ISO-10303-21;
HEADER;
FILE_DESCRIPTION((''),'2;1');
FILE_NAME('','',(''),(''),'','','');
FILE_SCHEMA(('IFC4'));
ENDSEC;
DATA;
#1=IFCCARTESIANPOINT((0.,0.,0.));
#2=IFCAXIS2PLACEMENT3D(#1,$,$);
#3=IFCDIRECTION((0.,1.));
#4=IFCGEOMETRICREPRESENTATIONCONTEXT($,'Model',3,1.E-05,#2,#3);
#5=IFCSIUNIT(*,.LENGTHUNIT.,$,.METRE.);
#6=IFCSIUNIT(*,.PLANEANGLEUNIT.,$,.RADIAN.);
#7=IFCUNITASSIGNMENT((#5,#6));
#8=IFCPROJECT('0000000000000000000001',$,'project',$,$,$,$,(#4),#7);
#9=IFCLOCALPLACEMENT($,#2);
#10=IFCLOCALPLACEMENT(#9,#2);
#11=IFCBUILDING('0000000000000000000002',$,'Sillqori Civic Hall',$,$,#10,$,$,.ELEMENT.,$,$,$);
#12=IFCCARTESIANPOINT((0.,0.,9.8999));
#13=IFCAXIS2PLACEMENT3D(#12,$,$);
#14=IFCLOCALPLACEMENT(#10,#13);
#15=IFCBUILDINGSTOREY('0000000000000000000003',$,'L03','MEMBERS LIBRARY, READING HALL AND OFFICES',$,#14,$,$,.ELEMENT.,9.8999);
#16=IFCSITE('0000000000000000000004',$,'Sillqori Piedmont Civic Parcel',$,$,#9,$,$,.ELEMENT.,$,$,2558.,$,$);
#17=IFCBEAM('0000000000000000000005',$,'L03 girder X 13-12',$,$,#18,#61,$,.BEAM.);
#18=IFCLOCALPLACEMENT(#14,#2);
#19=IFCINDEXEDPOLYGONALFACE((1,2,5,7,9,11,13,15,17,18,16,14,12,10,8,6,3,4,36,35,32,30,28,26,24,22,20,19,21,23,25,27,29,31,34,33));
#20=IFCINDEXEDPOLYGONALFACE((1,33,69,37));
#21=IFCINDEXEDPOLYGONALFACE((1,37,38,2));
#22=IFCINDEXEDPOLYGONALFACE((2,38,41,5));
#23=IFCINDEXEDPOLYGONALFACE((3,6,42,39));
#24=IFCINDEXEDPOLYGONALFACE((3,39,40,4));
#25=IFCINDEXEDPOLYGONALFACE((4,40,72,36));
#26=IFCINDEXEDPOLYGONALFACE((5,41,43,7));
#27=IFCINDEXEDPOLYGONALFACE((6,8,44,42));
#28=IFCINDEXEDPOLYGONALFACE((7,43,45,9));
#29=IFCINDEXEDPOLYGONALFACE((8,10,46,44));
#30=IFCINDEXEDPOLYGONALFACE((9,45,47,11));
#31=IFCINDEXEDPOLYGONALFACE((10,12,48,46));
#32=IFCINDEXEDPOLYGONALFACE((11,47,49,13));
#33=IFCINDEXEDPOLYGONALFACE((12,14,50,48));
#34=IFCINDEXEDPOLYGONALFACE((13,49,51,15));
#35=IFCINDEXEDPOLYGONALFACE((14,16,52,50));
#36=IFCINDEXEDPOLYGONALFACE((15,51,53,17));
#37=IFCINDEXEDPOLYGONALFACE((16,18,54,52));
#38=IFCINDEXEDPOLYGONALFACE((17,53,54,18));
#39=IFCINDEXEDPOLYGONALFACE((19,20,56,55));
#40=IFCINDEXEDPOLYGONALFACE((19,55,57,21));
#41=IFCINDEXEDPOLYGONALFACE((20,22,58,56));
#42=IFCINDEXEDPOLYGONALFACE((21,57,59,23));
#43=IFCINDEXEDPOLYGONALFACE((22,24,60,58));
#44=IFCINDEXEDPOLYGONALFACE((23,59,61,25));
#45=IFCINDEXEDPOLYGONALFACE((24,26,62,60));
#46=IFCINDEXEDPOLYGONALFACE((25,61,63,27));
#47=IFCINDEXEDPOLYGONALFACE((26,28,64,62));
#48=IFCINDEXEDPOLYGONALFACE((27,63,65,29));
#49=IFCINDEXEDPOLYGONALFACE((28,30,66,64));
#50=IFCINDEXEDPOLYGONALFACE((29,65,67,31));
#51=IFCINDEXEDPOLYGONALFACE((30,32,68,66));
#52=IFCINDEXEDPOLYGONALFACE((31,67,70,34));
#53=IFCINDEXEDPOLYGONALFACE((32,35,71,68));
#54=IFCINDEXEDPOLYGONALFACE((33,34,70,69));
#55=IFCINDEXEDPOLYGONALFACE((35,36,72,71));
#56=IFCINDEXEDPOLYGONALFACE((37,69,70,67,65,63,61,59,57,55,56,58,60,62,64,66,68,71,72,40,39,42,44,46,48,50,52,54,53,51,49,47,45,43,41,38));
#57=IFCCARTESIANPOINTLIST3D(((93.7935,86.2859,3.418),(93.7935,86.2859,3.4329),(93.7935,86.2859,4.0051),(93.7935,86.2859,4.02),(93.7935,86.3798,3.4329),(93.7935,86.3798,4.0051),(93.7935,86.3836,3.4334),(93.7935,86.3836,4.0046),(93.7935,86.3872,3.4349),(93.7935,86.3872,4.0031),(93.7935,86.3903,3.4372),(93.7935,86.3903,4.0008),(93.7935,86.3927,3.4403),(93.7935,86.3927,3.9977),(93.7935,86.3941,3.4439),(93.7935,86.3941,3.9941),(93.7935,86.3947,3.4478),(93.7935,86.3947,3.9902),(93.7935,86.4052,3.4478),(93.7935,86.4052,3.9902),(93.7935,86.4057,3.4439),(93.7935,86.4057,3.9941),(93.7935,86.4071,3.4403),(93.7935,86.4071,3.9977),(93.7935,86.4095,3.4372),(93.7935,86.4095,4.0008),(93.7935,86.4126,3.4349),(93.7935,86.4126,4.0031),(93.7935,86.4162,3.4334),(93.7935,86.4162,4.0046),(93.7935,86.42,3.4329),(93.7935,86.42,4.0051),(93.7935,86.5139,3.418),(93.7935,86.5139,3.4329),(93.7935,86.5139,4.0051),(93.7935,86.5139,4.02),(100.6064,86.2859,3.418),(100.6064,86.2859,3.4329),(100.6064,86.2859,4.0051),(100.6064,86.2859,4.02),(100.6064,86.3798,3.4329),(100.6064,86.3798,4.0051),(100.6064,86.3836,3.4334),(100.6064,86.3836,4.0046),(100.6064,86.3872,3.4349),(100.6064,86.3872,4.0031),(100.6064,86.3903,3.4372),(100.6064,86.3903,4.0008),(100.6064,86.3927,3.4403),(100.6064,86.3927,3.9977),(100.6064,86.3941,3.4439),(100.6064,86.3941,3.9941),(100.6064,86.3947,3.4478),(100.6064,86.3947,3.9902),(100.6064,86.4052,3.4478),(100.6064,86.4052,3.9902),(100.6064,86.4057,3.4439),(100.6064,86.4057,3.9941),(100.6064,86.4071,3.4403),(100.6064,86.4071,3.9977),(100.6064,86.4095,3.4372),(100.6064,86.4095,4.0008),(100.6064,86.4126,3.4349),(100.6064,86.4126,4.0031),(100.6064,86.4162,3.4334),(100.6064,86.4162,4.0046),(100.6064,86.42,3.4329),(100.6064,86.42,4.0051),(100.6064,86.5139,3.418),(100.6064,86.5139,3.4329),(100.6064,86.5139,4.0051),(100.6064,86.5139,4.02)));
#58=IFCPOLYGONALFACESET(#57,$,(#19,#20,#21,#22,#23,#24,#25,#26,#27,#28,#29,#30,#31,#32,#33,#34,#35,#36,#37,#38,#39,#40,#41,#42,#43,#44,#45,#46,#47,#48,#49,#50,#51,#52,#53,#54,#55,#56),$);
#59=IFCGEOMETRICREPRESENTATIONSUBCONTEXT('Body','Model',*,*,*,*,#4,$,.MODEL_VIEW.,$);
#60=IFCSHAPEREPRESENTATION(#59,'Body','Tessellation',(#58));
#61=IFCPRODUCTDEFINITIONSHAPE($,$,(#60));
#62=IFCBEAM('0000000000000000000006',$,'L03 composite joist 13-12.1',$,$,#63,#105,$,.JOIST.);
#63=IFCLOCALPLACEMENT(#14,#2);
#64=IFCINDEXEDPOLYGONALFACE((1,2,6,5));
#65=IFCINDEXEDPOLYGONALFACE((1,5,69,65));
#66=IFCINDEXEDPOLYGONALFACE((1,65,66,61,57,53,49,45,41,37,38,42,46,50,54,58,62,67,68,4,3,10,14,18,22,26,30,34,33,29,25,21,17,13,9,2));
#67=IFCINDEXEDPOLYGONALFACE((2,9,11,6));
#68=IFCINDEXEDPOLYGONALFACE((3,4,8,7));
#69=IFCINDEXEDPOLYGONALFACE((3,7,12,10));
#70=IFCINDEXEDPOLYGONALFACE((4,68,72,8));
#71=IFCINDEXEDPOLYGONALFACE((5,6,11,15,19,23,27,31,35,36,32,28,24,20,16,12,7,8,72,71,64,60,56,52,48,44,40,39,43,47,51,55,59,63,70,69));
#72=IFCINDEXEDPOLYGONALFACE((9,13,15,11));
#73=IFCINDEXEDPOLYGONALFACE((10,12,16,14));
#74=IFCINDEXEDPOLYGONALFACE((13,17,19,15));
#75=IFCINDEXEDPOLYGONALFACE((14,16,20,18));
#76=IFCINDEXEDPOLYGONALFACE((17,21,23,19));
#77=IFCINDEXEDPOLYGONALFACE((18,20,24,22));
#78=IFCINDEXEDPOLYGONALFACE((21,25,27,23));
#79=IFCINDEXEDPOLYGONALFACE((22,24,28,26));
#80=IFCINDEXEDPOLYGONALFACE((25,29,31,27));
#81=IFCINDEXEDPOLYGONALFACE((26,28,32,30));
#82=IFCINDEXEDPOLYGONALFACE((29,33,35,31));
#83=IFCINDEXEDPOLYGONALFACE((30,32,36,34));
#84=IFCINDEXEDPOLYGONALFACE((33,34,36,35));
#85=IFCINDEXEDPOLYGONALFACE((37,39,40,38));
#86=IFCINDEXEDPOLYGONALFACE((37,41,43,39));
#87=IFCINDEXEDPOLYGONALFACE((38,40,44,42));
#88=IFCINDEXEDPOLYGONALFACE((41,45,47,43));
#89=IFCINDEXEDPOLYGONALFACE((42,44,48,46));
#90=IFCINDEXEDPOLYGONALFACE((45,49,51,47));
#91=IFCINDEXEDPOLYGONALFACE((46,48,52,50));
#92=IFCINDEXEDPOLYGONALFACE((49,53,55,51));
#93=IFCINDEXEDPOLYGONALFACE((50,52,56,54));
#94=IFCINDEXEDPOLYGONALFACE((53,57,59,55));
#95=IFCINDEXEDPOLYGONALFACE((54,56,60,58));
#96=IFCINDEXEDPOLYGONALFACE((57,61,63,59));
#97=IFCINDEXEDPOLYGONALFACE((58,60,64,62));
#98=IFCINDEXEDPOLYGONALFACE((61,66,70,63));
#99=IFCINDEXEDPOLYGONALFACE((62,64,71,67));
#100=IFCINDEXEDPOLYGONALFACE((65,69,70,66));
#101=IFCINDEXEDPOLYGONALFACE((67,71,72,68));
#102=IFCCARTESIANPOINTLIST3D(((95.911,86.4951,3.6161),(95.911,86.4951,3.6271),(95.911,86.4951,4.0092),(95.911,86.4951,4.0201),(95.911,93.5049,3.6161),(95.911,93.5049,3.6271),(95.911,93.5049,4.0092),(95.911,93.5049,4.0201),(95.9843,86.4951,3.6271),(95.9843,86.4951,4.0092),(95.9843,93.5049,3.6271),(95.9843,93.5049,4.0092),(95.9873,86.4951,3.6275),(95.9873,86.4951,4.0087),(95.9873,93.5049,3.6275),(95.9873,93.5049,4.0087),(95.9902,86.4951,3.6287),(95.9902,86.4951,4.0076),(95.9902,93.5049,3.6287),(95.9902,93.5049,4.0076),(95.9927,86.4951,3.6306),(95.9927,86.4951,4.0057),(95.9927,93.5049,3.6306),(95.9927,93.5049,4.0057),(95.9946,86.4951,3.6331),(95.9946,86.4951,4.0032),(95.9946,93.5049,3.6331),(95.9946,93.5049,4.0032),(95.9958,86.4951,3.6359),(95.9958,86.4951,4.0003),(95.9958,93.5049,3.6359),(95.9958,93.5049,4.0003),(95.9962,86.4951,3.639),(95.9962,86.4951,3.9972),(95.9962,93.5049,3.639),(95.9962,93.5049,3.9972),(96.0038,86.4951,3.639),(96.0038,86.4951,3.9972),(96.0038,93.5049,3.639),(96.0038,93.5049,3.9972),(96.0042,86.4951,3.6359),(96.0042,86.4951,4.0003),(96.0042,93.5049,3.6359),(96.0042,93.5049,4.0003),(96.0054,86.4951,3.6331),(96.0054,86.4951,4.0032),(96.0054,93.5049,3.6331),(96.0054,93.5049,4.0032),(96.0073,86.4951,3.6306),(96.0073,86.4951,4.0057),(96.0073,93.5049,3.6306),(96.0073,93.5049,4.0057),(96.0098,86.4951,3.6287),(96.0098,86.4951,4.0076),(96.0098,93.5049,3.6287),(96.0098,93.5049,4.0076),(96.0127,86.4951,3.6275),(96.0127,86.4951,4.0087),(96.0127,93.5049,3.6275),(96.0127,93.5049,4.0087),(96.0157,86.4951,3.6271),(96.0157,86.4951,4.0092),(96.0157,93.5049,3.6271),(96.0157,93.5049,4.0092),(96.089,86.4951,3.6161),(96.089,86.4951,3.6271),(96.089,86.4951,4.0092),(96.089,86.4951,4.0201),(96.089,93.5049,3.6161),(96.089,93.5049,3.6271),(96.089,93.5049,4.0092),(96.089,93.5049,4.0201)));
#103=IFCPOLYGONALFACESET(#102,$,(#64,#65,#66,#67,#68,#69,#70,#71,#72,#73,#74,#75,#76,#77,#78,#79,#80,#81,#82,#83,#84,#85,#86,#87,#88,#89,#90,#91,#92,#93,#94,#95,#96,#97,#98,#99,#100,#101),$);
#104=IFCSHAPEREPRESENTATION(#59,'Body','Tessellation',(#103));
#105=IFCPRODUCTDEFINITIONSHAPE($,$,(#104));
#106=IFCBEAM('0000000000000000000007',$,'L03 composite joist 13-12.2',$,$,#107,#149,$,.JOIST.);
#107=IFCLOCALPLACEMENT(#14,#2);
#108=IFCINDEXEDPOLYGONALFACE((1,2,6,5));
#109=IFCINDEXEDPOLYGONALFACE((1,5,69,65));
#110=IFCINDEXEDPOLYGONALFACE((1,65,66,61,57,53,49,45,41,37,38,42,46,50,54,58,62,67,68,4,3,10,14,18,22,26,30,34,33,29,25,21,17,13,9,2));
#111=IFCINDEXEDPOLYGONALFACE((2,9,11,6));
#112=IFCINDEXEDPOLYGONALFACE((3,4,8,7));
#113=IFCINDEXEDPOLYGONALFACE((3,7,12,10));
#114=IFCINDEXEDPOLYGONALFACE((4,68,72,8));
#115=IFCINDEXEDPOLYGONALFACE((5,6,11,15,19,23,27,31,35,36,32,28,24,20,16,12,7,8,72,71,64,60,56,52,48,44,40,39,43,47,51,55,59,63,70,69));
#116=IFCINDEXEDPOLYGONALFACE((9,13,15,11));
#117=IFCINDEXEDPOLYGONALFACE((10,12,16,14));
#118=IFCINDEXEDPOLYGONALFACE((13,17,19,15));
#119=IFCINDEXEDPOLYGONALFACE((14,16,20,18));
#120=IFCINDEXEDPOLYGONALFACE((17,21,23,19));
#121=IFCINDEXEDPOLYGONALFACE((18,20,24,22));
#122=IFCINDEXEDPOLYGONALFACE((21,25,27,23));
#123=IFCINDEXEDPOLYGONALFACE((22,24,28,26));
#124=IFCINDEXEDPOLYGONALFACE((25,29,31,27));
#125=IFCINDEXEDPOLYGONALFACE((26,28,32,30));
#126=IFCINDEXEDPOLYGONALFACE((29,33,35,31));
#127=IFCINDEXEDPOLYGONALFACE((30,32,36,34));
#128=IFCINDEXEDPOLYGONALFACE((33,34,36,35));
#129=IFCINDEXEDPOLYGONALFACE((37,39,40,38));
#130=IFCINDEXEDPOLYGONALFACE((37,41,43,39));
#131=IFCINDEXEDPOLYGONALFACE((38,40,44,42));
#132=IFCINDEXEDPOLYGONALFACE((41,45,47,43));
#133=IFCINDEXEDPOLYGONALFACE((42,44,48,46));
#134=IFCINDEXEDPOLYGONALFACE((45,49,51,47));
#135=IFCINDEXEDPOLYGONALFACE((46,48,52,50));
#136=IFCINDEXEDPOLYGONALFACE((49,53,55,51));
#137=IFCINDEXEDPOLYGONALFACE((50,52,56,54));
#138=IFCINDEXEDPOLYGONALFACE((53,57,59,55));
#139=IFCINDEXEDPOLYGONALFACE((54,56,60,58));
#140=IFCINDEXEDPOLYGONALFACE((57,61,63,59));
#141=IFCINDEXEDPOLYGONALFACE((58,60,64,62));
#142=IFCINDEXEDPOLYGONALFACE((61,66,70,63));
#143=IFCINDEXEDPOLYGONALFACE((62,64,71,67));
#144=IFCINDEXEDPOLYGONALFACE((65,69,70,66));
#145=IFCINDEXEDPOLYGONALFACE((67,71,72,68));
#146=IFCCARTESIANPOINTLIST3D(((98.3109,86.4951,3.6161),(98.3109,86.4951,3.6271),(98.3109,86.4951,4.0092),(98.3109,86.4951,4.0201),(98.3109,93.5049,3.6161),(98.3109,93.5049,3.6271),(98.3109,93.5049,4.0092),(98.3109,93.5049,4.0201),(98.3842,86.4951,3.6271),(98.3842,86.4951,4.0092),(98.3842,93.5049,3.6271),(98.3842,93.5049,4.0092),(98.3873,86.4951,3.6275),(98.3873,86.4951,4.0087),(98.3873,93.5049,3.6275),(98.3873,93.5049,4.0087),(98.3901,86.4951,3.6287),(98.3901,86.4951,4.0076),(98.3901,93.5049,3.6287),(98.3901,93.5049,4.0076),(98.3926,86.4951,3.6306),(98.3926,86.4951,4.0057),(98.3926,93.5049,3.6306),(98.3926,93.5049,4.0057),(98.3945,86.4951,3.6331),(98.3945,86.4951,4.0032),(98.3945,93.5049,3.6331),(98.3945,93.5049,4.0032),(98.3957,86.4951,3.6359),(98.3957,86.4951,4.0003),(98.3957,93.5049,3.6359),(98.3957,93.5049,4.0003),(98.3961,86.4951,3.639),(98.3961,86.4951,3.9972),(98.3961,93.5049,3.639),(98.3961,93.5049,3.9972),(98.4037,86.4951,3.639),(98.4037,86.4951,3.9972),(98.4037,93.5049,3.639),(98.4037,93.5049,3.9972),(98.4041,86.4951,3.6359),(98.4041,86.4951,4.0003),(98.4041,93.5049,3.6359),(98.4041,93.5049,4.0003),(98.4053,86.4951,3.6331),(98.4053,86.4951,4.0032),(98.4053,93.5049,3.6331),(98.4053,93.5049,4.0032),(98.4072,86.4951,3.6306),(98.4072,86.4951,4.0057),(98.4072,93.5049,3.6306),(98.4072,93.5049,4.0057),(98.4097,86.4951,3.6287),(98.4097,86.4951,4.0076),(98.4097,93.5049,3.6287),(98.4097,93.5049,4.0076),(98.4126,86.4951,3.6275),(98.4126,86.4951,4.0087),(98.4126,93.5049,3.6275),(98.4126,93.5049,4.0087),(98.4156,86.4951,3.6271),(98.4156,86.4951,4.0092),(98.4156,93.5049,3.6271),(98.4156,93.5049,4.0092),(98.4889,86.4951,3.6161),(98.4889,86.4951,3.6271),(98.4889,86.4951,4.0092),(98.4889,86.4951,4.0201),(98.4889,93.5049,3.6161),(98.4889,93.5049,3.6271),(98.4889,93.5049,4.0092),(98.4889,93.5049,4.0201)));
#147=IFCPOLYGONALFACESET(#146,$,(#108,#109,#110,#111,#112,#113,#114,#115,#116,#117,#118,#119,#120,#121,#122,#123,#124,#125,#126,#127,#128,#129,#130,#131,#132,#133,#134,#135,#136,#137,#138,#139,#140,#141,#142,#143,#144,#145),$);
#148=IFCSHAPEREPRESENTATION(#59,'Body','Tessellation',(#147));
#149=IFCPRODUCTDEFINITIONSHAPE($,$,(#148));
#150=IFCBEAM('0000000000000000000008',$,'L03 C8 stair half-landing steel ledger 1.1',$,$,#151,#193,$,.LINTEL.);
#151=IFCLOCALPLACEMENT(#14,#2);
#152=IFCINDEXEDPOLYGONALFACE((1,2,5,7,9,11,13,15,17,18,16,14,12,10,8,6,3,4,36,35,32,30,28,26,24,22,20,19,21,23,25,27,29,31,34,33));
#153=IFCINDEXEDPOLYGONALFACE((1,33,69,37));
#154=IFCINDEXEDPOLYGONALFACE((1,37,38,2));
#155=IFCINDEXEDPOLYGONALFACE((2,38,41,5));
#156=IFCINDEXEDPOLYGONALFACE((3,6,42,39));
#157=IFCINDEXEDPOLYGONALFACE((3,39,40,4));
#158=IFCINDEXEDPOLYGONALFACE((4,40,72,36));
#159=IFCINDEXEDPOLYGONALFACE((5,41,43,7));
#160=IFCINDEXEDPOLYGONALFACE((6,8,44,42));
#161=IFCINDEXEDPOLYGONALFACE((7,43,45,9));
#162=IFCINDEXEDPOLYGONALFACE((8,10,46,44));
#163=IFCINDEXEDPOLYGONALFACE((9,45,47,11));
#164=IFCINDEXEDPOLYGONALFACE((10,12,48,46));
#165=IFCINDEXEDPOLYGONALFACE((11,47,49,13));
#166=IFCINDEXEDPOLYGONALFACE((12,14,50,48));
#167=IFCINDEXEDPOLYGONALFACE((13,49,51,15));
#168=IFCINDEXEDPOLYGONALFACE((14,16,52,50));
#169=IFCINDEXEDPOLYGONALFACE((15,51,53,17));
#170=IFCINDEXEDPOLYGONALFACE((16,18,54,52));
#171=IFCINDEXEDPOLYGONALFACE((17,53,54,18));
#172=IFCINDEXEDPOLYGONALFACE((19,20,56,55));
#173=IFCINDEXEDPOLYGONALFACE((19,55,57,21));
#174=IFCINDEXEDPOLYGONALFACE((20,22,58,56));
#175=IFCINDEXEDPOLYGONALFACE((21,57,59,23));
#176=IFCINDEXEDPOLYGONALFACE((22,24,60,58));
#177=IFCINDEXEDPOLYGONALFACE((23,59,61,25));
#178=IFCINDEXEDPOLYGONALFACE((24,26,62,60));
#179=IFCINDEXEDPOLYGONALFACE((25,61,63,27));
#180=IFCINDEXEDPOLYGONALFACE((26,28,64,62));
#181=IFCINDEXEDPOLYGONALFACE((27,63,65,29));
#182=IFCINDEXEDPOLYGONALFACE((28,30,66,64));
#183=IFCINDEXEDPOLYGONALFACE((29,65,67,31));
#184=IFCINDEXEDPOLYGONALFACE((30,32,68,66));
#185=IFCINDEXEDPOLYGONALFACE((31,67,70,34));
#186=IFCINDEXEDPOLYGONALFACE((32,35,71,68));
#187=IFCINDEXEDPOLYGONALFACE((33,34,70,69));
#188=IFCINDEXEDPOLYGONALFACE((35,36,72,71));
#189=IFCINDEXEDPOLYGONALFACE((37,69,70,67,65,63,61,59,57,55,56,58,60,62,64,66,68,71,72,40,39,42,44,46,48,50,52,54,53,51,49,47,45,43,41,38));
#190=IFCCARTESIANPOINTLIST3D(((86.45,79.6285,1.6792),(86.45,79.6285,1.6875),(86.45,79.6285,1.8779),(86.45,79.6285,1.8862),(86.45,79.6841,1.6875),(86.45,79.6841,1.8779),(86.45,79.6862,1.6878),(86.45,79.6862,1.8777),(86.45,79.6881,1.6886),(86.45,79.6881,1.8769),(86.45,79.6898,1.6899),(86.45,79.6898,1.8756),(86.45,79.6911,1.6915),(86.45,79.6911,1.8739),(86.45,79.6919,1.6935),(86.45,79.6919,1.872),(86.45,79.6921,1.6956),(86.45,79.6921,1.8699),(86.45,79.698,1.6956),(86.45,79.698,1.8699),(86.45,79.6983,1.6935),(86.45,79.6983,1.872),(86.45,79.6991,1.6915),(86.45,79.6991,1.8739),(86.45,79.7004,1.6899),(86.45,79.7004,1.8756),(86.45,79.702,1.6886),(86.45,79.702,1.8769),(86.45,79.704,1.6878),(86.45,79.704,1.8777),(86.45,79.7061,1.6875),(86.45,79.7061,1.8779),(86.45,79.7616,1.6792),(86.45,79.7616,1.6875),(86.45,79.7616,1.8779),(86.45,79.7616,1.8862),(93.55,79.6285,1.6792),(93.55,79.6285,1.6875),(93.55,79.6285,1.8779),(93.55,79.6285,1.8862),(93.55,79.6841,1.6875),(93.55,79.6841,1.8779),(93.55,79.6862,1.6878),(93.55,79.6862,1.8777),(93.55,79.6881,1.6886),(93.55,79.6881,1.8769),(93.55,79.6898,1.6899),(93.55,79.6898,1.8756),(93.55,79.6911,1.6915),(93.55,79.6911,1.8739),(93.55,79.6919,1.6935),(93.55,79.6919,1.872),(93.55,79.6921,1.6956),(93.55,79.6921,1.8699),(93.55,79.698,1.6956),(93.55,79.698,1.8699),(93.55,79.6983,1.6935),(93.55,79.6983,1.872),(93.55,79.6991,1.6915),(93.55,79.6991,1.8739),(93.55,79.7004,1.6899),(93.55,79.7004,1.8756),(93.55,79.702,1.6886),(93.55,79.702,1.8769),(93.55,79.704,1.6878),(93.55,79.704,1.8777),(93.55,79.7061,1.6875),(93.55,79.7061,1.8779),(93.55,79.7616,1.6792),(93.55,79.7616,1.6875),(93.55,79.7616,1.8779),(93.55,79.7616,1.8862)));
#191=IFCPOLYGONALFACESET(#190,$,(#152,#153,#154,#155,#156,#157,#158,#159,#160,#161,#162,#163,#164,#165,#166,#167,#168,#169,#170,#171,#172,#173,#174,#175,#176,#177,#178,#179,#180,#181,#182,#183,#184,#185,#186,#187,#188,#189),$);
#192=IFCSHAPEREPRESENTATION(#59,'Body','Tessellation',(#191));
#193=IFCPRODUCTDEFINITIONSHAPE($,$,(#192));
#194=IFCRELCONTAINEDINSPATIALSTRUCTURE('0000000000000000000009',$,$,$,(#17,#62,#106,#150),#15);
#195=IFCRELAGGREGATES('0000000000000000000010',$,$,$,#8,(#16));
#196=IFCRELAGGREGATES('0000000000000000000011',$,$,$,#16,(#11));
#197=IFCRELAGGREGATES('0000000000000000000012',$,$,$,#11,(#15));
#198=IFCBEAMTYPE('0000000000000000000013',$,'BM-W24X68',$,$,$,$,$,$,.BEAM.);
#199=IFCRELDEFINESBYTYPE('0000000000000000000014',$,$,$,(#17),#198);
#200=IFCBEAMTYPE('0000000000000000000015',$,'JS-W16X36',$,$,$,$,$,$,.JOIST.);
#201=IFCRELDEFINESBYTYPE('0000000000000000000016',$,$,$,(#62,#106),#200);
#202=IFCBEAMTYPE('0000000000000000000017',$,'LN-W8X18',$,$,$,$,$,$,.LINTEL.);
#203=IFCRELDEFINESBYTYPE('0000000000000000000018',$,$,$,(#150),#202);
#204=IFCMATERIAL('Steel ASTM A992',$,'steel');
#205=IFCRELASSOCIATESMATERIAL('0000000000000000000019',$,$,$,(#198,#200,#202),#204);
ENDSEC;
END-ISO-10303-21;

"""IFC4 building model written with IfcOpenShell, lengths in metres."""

from ifc_helpers import new_model, si_unit, direction, frame, origin, origin_2d, place, context, subcontext, project, spatial, i_section, extrude, material, material_profile, profile_set, type_object, element, save


model = new_model("IFC4")

# Units and contexts
model_context = context("Model", 3, precision=1e-05, world=origin(), true_north=direction((0.0, 1.0)))
body_context = subcontext(model_context, "Body", "Model", "MODEL_VIEW")
ifc_project = project(units=[si_unit("LENGTHUNIT", "METRE"), si_unit("PLANEANGLEUNIT", "RADIAN")], contexts=[model_context])

# Site, building, storey
site_placement = place(None, origin())
site = spatial("IfcSite", under=ifc_project, at=site_placement, Name="Sillqori Piedmont Civic Parcel", CompositionType="ELEMENT", RefElevation=2558.0)
building_placement = place(site_placement, origin())
building = spatial("IfcBuilding", under=site, at=building_placement, Name="Sillqori Civic Hall", CompositionType="ELEMENT")
storey_placement = place(building_placement, frame((0.0, 0.0, 9.8999)))
storey = spatial("IfcBuildingStorey", under=building, at=storey_placement, Name="L03", Description="MEMBERS LIBRARY, READING HALL AND OFFICES", CompositionType="ELEMENT", Elevation=9.8999)

# Shared definitions
ifc_material_1 = material(Name="Steel ASTM A992", Category="steel")

# Beams
ifc_material_profile_1 = material_profile(ifc_material_1, i_section(OverallWidth=0.228, OverallDepth=0.6021, WebThickness=0.0105, FlangeThickness=0.0149, FilletRadius=0.0149, at=origin_2d()), Name="W24X68")
ifc_profile_set_1 = profile_set([ifc_material_profile_1], Name="Steel ASTM A992")
beam_type_1 = type_object("IfcBeamType", Name="BM-W24X68", PredefinedType="BEAM", material=ifc_profile_set_1)
beam_placement = place(storey_placement, frame((93.7935, 86.3999, 3.719), z_axis=(1.0, 0.0, 0.0), x_axis=(0.0, 1.0, 0.0)))
element("IfcBeam", 1, at=beam_placement, inside=storey, type_object=beam_type_1, Name="L03 girder X 13-12", PredefinedType="BEAM", context=body_context, shape_type="SweptSolid", body=[
    extrude(i_section(OverallWidth=0.228, OverallDepth=0.6021, WebThickness=0.0105, FlangeThickness=0.0149, FilletRadius=0.0149, at=origin_2d()), origin(), (0.0, 0.0, 1.0), 6.813),
])
ifc_material_profile_2 = material_profile(ifc_material_1, i_section(OverallWidth=0.178, OverallDepth=0.4041, WebThickness=0.0076, FlangeThickness=0.011, FilletRadius=0.012, at=origin_2d()), Name="W16X36")
ifc_profile_set_2 = profile_set([ifc_material_profile_2], Name="Steel ASTM A992")
beam_type_2 = type_object("IfcBeamType", Name="JS-W16X36", PredefinedType="JOIST", material=ifc_profile_set_2)
for number, where, z_axis, x_axis, name in (
    (2, (96.0, 86.4951, 3.8181), (0.0, 1.0, 0.0), (-1.0, 0.0, 0.0), "L03 composite joist 13-12.1"),
    (3, (98.3999, 86.4951, 3.8181), (0.0, 1.0, 0.0), (-1.0, 0.0, 0.0), "L03 composite joist 13-12.2"),
):
    element("IfcBeam", number, at=place(storey_placement, frame(where, z_axis=z_axis, x_axis=x_axis)), inside=storey, type_object=beam_type_2, Name=name, PredefinedType="JOIST", context=body_context, shape_type="SweptSolid", body=[
        extrude(i_section(OverallWidth=0.178, OverallDepth=0.4041, WebThickness=0.0076, FlangeThickness=0.011, FilletRadius=0.012, at=origin_2d()), origin(), (0.0, 0.0, 1.0), 7.0098),
    ])
ifc_material_profile_3 = material_profile(ifc_material_1, i_section(OverallWidth=0.1331, OverallDepth=0.207, WebThickness=0.0059, FlangeThickness=0.0083, FilletRadius=0.0081, at=origin_2d()), Name="W8X18")
ifc_profile_set_3 = profile_set([ifc_material_profile_3], Name="Steel ASTM A992")
beam_type_3 = type_object("IfcBeamType", Name="LN-W8X18", PredefinedType="LINTEL", material=ifc_profile_set_3)
for number, where, z_axis, x_axis, name in (
    (4, (86.45, 79.6951, 1.7827), (1.0, 0.0, 0.0), (0.0, 1.0, 0.0), "L03 C8 stair half-landing steel ledger 1.1"),
):
    element("IfcBeam", number, at=place(storey_placement, frame(where, z_axis=z_axis, x_axis=x_axis)), inside=storey, type_object=beam_type_3, Name=name, PredefinedType="LINTEL", context=body_context, shape_type="SweptSolid", body=[
        extrude(i_section(OverallWidth=0.1331, OverallDepth=0.207, WebThickness=0.0059, FlangeThickness=0.0083, FilletRadius=0.0081, at=origin_2d()), origin(), (0.0, 0.0, 1.0), 7.1001),
    ])

save(model, "model.ifc")
